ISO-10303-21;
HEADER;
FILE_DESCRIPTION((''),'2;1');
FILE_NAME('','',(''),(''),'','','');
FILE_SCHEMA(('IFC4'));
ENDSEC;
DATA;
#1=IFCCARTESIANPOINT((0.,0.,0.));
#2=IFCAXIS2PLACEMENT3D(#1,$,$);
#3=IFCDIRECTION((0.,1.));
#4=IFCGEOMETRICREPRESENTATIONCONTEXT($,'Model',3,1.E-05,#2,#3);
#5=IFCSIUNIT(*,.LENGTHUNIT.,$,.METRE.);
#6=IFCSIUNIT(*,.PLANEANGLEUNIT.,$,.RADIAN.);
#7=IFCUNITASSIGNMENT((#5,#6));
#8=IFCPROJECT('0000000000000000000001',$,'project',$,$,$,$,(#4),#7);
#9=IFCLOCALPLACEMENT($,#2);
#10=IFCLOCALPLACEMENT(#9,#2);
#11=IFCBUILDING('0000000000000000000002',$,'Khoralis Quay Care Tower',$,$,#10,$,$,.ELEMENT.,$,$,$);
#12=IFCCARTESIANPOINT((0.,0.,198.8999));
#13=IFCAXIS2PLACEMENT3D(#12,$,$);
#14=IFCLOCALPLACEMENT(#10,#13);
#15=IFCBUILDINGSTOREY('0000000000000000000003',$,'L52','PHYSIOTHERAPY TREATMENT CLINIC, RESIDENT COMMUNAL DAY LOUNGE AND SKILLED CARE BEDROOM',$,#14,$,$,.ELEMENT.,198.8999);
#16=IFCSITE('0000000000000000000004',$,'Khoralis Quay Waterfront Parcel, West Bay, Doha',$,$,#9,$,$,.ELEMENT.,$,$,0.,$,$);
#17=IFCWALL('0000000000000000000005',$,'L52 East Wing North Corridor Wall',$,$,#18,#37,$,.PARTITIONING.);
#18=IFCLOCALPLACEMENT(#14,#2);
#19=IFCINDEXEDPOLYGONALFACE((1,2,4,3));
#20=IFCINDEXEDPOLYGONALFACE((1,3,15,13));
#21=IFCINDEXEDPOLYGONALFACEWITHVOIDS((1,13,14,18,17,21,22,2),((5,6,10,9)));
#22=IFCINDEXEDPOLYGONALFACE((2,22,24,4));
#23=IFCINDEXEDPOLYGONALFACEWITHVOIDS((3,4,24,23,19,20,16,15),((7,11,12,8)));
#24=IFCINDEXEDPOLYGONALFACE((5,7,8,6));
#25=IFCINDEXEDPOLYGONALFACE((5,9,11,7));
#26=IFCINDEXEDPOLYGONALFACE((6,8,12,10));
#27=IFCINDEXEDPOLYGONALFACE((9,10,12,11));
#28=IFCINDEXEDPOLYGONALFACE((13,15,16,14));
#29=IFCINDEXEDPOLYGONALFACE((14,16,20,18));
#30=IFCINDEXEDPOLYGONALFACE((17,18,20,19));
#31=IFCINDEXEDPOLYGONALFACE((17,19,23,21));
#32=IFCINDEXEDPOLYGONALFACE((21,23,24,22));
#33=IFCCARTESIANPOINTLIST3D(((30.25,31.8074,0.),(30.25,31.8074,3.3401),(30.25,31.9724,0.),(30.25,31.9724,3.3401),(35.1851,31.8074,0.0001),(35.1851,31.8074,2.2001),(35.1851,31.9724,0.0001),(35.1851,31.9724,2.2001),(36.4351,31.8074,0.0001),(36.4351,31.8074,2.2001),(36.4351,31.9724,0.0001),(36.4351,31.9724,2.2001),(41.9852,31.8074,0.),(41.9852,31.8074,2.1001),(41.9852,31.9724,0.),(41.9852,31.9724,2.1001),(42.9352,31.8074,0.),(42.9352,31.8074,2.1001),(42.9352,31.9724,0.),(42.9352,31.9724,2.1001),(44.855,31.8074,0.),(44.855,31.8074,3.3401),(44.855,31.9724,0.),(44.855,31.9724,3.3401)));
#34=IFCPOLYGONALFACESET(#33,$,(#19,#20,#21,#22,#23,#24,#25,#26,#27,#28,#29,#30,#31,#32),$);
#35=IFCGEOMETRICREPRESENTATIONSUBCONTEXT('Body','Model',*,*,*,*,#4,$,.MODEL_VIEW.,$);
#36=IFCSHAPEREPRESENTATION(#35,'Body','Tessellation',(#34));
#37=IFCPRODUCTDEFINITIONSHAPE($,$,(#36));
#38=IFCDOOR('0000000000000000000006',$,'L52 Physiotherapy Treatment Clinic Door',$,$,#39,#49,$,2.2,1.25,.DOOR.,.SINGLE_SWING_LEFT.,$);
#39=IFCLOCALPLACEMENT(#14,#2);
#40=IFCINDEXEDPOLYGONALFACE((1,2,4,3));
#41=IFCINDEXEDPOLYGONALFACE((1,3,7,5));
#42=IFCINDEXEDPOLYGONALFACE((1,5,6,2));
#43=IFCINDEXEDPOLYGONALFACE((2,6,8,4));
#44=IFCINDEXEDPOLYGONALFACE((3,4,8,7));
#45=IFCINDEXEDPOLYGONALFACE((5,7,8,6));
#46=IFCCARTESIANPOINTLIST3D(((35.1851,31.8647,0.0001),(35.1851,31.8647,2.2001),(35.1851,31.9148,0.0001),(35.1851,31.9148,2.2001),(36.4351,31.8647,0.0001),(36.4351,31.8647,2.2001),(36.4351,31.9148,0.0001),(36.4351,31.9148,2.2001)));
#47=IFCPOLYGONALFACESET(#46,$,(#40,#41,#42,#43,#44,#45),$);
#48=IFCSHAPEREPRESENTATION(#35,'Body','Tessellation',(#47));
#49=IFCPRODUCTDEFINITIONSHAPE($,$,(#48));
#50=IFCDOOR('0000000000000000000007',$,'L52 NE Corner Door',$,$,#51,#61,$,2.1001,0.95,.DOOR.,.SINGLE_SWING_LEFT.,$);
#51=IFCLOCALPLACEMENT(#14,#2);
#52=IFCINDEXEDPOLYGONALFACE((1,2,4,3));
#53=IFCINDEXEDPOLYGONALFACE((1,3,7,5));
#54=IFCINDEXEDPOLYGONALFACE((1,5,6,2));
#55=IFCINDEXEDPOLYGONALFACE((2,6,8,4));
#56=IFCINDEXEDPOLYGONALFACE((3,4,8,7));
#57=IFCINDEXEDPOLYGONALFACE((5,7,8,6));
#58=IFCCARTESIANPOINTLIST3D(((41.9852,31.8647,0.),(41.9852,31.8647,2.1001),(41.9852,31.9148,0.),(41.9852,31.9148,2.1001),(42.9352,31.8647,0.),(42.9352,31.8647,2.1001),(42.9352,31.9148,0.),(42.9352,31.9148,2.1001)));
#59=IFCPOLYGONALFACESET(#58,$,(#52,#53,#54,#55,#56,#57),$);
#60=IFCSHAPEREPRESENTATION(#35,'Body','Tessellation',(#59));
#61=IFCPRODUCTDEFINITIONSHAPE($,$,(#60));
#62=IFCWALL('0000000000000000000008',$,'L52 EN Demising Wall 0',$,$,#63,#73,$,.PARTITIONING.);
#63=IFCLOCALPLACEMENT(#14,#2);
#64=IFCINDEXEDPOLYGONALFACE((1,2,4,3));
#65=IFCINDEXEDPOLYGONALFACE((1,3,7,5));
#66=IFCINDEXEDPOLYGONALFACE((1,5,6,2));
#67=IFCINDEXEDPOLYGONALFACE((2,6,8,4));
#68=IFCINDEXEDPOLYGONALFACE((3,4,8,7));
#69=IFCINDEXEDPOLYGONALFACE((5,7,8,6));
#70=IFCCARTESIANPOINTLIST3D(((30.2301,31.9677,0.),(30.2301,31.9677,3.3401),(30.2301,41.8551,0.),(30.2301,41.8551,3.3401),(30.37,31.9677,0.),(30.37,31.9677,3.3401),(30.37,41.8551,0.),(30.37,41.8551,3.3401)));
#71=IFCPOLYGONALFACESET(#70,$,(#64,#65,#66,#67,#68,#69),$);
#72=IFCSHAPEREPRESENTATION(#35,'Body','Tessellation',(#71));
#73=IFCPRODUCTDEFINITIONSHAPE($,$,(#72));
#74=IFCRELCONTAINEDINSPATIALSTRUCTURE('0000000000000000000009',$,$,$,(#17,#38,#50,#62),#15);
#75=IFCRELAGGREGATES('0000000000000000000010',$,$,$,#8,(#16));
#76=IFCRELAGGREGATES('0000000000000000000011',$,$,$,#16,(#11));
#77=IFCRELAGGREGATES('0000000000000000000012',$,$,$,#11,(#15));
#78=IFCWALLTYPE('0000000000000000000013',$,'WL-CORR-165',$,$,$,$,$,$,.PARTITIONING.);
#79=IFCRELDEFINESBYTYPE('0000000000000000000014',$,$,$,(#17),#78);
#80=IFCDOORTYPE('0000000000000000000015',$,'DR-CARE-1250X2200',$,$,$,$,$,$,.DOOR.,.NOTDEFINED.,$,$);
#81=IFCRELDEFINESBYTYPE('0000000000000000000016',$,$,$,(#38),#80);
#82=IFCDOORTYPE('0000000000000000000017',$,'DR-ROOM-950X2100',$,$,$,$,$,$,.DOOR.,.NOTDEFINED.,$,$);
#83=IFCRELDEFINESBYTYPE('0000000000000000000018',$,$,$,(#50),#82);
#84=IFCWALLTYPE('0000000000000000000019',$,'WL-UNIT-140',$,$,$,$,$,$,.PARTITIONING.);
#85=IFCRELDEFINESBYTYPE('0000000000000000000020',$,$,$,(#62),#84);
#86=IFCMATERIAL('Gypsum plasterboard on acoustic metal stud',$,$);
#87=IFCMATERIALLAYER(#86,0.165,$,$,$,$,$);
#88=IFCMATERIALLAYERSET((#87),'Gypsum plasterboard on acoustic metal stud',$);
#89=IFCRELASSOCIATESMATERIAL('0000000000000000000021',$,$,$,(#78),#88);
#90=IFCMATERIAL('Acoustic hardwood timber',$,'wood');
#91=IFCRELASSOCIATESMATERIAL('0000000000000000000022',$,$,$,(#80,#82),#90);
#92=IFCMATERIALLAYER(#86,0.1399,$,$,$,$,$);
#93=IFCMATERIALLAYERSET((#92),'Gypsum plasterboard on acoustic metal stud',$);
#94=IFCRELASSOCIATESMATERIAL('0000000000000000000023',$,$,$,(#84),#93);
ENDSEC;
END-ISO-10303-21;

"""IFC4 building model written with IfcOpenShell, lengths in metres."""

from ifc_helpers import new_model, si_unit, direction, frame, frame_2d, origin, place, context, subcontext, project, spatial, rectangle, extrude, source, transform, mapped, material, layer, layer_set, type_object, element, fill, save


model = new_model("IFC4")

# Units and contexts
model_context = context("Model", 3, precision=1e-05, world=origin(), true_north=direction((0.0, 1.0)))
body_context = subcontext(model_context, "Body", "Model", "MODEL_VIEW")
ifc_project = project(units=[si_unit("LENGTHUNIT", "METRE"), si_unit("PLANEANGLEUNIT", "RADIAN")], contexts=[model_context])

# Site, building, storey
site_placement = place(None, origin())
site = spatial("IfcSite", under=ifc_project, at=site_placement, Name="Khoralis Quay Waterfront Parcel, West Bay, Doha", CompositionType="ELEMENT", RefElevation=0.0)
building_placement = place(site_placement, origin())
building = spatial("IfcBuilding", under=site, at=building_placement, Name="Khoralis Quay Care Tower", CompositionType="ELEMENT")
storey_placement = place(building_placement, frame((0.0, 0.0, 198.8999)))
storey = spatial("IfcBuildingStorey", under=building, at=storey_placement, Name="L52", Description="PHYSIOTHERAPY TREATMENT CLINIC, RESIDENT COMMUNAL DAY LOUNGE AND SKILLED CARE BEDROOM", CompositionType="ELEMENT", Elevation=198.8999)

# Shared definitions
ifc_material_1 = material(Name="Gypsum plasterboard on acoustic metal stud")
ifc_layer_1 = layer(ifc_material_1, 0.165)
ifc_layer_set_1 = layer_set([ifc_layer_1], Name="Gypsum plasterboard on acoustic metal stud")
wall_type_1 = type_object("IfcWallType", Name="WL-CORR-165", PredefinedType="PARTITIONING", material=ifc_layer_set_1)

# Wall, openings, doors
wall_1_placement = place(storey_placement, frame((30.25, 31.8899, 0.0), z_axis=(0.0, 0.0, 1.0), x_axis=(1.0, 0.0, 0.0)))
wall_1 = element("IfcWall", 1, at=wall_1_placement, inside=storey, type_object=wall_type_1, Name="L52 East Wing North Corridor Wall", PredefinedType="PARTITIONING", context=body_context, shape_type="SweptSolid", body=[
    extrude(rectangle(XDim=14.605, YDim=0.165, at=frame_2d((7.3025, 0.0))), origin(), (0.0, 0.0, 1.0), 3.3401),
])
opening_1_placement = place(wall_1_placement, frame((4.9351, 0.0, 0.0)))
opening_1 = element("IfcOpeningElement", 2, at=opening_1_placement, cuts=wall_1, PredefinedType="OPENING", context=body_context, shape_type="SweptSolid", body=[
    extrude(rectangle(XDim=1.25, YDim=2.2, at=frame_2d((0.625, 1.1001))), frame((0.0, 0.0925, 0.0), z_axis=(0.0, -1.0, 0.0), x_axis=(1.0, 0.0, 0.0)), (0.0, 0.0, 1.0), 0.1851),
])
opening_2_placement = place(wall_1_placement, frame((11.7351, 0.0, 0.0)))
opening_2 = element("IfcOpeningElement", 3, at=opening_2_placement, cuts=wall_1, PredefinedType="OPENING", context=body_context, shape_type="SweptSolid", body=[
    extrude(rectangle(XDim=0.95, YDim=2.1001, at=frame_2d((0.4751, 1.05))), frame((0.0, 0.0925, 0.0), z_axis=(0.0, -1.0, 0.0), x_axis=(1.0, 0.0, 0.0)), (0.0, 0.0, 1.0), 0.1851),
])
ifc_material_2 = material(Name="Acoustic hardwood timber", Category="wood")
door_type_1 = type_object("IfcDoorType", Name="DR-CARE-1250X2200", OperationType="NOTDEFINED", PredefinedType="DOOR", material=ifc_material_2)
shared_shape_1 = source(origin(), body_context, "Body", "SweptSolid", [
    extrude(rectangle(XDim=1.25, YDim=2.2, at=frame_2d((0.625, 1.1001))), frame((0.0, 0.0249, 0.0), z_axis=(0.0, -1.0, 0.0), x_axis=(1.0, 0.0, 0.0)), (0.0, 0.0, 1.0), 0.05),
])
door_1_placement = place(opening_1_placement, origin())
door_1 = element("IfcDoor", 4, at=door_1_placement, inside=storey, type_object=door_type_1, Name="L52 Physiotherapy Treatment Clinic Door", OperationType="SINGLE_SWING_LEFT", OverallHeight=2.2, OverallWidth=1.25, PredefinedType="DOOR", context=body_context, shape_type="MappedRepresentation", body=[
    mapped(shared_shape_1, transform((0.0, 0.0, 0.0), scale=1.0)),
])
fill(opening_1, door_1)
door_type_2 = type_object("IfcDoorType", Name="DR-ROOM-950X2100", OperationType="NOTDEFINED", PredefinedType="DOOR", material=ifc_material_2)
shared_shape_2 = source(origin(), body_context, "Body", "SweptSolid", [
    extrude(rectangle(XDim=0.95, YDim=2.1001, at=frame_2d((0.4751, 1.05))), frame((0.0, 0.0249, 0.0), z_axis=(0.0, -1.0, 0.0), x_axis=(1.0, 0.0, 0.0)), (0.0, 0.0, 1.0), 0.05),
])
door_2_placement = place(opening_2_placement, origin())
door_2 = element("IfcDoor", 5, at=door_2_placement, inside=storey, type_object=door_type_2, Name="L52 NE Corner Door", OperationType="SINGLE_SWING_LEFT", OverallHeight=2.1001, OverallWidth=0.95, PredefinedType="DOOR", context=body_context, shape_type="MappedRepresentation", body=[
    mapped(shared_shape_2, transform((0.0, 0.0, 0.0), scale=1.0)),
])
fill(opening_2, door_2)

# Wall
ifc_layer_2 = layer(ifc_material_1, 0.1399)
ifc_layer_set_2 = layer_set([ifc_layer_2], Name="Gypsum plasterboard on acoustic metal stud")
wall_type_2 = type_object("IfcWallType", Name="WL-UNIT-140", PredefinedType="PARTITIONING", material=ifc_layer_set_2)
wall_2_placement = place(storey_placement, frame((30.3, 31.9675, 0.0), z_axis=(0.0, 0.0, 1.0), x_axis=(0.0, 1.0, 0.0)))
element("IfcWall", 6, at=wall_2_placement, inside=storey, type_object=wall_type_2, Name="L52 EN Demising Wall 0", PredefinedType="PARTITIONING", context=body_context, shape_type="SweptSolid", body=[
    extrude(rectangle(XDim=9.8875, YDim=0.1399, at=frame_2d((4.9438, 0.0))), origin(), (0.0, 0.0, 1.0), 3.3401),
])

save(model, "model.ifc")
